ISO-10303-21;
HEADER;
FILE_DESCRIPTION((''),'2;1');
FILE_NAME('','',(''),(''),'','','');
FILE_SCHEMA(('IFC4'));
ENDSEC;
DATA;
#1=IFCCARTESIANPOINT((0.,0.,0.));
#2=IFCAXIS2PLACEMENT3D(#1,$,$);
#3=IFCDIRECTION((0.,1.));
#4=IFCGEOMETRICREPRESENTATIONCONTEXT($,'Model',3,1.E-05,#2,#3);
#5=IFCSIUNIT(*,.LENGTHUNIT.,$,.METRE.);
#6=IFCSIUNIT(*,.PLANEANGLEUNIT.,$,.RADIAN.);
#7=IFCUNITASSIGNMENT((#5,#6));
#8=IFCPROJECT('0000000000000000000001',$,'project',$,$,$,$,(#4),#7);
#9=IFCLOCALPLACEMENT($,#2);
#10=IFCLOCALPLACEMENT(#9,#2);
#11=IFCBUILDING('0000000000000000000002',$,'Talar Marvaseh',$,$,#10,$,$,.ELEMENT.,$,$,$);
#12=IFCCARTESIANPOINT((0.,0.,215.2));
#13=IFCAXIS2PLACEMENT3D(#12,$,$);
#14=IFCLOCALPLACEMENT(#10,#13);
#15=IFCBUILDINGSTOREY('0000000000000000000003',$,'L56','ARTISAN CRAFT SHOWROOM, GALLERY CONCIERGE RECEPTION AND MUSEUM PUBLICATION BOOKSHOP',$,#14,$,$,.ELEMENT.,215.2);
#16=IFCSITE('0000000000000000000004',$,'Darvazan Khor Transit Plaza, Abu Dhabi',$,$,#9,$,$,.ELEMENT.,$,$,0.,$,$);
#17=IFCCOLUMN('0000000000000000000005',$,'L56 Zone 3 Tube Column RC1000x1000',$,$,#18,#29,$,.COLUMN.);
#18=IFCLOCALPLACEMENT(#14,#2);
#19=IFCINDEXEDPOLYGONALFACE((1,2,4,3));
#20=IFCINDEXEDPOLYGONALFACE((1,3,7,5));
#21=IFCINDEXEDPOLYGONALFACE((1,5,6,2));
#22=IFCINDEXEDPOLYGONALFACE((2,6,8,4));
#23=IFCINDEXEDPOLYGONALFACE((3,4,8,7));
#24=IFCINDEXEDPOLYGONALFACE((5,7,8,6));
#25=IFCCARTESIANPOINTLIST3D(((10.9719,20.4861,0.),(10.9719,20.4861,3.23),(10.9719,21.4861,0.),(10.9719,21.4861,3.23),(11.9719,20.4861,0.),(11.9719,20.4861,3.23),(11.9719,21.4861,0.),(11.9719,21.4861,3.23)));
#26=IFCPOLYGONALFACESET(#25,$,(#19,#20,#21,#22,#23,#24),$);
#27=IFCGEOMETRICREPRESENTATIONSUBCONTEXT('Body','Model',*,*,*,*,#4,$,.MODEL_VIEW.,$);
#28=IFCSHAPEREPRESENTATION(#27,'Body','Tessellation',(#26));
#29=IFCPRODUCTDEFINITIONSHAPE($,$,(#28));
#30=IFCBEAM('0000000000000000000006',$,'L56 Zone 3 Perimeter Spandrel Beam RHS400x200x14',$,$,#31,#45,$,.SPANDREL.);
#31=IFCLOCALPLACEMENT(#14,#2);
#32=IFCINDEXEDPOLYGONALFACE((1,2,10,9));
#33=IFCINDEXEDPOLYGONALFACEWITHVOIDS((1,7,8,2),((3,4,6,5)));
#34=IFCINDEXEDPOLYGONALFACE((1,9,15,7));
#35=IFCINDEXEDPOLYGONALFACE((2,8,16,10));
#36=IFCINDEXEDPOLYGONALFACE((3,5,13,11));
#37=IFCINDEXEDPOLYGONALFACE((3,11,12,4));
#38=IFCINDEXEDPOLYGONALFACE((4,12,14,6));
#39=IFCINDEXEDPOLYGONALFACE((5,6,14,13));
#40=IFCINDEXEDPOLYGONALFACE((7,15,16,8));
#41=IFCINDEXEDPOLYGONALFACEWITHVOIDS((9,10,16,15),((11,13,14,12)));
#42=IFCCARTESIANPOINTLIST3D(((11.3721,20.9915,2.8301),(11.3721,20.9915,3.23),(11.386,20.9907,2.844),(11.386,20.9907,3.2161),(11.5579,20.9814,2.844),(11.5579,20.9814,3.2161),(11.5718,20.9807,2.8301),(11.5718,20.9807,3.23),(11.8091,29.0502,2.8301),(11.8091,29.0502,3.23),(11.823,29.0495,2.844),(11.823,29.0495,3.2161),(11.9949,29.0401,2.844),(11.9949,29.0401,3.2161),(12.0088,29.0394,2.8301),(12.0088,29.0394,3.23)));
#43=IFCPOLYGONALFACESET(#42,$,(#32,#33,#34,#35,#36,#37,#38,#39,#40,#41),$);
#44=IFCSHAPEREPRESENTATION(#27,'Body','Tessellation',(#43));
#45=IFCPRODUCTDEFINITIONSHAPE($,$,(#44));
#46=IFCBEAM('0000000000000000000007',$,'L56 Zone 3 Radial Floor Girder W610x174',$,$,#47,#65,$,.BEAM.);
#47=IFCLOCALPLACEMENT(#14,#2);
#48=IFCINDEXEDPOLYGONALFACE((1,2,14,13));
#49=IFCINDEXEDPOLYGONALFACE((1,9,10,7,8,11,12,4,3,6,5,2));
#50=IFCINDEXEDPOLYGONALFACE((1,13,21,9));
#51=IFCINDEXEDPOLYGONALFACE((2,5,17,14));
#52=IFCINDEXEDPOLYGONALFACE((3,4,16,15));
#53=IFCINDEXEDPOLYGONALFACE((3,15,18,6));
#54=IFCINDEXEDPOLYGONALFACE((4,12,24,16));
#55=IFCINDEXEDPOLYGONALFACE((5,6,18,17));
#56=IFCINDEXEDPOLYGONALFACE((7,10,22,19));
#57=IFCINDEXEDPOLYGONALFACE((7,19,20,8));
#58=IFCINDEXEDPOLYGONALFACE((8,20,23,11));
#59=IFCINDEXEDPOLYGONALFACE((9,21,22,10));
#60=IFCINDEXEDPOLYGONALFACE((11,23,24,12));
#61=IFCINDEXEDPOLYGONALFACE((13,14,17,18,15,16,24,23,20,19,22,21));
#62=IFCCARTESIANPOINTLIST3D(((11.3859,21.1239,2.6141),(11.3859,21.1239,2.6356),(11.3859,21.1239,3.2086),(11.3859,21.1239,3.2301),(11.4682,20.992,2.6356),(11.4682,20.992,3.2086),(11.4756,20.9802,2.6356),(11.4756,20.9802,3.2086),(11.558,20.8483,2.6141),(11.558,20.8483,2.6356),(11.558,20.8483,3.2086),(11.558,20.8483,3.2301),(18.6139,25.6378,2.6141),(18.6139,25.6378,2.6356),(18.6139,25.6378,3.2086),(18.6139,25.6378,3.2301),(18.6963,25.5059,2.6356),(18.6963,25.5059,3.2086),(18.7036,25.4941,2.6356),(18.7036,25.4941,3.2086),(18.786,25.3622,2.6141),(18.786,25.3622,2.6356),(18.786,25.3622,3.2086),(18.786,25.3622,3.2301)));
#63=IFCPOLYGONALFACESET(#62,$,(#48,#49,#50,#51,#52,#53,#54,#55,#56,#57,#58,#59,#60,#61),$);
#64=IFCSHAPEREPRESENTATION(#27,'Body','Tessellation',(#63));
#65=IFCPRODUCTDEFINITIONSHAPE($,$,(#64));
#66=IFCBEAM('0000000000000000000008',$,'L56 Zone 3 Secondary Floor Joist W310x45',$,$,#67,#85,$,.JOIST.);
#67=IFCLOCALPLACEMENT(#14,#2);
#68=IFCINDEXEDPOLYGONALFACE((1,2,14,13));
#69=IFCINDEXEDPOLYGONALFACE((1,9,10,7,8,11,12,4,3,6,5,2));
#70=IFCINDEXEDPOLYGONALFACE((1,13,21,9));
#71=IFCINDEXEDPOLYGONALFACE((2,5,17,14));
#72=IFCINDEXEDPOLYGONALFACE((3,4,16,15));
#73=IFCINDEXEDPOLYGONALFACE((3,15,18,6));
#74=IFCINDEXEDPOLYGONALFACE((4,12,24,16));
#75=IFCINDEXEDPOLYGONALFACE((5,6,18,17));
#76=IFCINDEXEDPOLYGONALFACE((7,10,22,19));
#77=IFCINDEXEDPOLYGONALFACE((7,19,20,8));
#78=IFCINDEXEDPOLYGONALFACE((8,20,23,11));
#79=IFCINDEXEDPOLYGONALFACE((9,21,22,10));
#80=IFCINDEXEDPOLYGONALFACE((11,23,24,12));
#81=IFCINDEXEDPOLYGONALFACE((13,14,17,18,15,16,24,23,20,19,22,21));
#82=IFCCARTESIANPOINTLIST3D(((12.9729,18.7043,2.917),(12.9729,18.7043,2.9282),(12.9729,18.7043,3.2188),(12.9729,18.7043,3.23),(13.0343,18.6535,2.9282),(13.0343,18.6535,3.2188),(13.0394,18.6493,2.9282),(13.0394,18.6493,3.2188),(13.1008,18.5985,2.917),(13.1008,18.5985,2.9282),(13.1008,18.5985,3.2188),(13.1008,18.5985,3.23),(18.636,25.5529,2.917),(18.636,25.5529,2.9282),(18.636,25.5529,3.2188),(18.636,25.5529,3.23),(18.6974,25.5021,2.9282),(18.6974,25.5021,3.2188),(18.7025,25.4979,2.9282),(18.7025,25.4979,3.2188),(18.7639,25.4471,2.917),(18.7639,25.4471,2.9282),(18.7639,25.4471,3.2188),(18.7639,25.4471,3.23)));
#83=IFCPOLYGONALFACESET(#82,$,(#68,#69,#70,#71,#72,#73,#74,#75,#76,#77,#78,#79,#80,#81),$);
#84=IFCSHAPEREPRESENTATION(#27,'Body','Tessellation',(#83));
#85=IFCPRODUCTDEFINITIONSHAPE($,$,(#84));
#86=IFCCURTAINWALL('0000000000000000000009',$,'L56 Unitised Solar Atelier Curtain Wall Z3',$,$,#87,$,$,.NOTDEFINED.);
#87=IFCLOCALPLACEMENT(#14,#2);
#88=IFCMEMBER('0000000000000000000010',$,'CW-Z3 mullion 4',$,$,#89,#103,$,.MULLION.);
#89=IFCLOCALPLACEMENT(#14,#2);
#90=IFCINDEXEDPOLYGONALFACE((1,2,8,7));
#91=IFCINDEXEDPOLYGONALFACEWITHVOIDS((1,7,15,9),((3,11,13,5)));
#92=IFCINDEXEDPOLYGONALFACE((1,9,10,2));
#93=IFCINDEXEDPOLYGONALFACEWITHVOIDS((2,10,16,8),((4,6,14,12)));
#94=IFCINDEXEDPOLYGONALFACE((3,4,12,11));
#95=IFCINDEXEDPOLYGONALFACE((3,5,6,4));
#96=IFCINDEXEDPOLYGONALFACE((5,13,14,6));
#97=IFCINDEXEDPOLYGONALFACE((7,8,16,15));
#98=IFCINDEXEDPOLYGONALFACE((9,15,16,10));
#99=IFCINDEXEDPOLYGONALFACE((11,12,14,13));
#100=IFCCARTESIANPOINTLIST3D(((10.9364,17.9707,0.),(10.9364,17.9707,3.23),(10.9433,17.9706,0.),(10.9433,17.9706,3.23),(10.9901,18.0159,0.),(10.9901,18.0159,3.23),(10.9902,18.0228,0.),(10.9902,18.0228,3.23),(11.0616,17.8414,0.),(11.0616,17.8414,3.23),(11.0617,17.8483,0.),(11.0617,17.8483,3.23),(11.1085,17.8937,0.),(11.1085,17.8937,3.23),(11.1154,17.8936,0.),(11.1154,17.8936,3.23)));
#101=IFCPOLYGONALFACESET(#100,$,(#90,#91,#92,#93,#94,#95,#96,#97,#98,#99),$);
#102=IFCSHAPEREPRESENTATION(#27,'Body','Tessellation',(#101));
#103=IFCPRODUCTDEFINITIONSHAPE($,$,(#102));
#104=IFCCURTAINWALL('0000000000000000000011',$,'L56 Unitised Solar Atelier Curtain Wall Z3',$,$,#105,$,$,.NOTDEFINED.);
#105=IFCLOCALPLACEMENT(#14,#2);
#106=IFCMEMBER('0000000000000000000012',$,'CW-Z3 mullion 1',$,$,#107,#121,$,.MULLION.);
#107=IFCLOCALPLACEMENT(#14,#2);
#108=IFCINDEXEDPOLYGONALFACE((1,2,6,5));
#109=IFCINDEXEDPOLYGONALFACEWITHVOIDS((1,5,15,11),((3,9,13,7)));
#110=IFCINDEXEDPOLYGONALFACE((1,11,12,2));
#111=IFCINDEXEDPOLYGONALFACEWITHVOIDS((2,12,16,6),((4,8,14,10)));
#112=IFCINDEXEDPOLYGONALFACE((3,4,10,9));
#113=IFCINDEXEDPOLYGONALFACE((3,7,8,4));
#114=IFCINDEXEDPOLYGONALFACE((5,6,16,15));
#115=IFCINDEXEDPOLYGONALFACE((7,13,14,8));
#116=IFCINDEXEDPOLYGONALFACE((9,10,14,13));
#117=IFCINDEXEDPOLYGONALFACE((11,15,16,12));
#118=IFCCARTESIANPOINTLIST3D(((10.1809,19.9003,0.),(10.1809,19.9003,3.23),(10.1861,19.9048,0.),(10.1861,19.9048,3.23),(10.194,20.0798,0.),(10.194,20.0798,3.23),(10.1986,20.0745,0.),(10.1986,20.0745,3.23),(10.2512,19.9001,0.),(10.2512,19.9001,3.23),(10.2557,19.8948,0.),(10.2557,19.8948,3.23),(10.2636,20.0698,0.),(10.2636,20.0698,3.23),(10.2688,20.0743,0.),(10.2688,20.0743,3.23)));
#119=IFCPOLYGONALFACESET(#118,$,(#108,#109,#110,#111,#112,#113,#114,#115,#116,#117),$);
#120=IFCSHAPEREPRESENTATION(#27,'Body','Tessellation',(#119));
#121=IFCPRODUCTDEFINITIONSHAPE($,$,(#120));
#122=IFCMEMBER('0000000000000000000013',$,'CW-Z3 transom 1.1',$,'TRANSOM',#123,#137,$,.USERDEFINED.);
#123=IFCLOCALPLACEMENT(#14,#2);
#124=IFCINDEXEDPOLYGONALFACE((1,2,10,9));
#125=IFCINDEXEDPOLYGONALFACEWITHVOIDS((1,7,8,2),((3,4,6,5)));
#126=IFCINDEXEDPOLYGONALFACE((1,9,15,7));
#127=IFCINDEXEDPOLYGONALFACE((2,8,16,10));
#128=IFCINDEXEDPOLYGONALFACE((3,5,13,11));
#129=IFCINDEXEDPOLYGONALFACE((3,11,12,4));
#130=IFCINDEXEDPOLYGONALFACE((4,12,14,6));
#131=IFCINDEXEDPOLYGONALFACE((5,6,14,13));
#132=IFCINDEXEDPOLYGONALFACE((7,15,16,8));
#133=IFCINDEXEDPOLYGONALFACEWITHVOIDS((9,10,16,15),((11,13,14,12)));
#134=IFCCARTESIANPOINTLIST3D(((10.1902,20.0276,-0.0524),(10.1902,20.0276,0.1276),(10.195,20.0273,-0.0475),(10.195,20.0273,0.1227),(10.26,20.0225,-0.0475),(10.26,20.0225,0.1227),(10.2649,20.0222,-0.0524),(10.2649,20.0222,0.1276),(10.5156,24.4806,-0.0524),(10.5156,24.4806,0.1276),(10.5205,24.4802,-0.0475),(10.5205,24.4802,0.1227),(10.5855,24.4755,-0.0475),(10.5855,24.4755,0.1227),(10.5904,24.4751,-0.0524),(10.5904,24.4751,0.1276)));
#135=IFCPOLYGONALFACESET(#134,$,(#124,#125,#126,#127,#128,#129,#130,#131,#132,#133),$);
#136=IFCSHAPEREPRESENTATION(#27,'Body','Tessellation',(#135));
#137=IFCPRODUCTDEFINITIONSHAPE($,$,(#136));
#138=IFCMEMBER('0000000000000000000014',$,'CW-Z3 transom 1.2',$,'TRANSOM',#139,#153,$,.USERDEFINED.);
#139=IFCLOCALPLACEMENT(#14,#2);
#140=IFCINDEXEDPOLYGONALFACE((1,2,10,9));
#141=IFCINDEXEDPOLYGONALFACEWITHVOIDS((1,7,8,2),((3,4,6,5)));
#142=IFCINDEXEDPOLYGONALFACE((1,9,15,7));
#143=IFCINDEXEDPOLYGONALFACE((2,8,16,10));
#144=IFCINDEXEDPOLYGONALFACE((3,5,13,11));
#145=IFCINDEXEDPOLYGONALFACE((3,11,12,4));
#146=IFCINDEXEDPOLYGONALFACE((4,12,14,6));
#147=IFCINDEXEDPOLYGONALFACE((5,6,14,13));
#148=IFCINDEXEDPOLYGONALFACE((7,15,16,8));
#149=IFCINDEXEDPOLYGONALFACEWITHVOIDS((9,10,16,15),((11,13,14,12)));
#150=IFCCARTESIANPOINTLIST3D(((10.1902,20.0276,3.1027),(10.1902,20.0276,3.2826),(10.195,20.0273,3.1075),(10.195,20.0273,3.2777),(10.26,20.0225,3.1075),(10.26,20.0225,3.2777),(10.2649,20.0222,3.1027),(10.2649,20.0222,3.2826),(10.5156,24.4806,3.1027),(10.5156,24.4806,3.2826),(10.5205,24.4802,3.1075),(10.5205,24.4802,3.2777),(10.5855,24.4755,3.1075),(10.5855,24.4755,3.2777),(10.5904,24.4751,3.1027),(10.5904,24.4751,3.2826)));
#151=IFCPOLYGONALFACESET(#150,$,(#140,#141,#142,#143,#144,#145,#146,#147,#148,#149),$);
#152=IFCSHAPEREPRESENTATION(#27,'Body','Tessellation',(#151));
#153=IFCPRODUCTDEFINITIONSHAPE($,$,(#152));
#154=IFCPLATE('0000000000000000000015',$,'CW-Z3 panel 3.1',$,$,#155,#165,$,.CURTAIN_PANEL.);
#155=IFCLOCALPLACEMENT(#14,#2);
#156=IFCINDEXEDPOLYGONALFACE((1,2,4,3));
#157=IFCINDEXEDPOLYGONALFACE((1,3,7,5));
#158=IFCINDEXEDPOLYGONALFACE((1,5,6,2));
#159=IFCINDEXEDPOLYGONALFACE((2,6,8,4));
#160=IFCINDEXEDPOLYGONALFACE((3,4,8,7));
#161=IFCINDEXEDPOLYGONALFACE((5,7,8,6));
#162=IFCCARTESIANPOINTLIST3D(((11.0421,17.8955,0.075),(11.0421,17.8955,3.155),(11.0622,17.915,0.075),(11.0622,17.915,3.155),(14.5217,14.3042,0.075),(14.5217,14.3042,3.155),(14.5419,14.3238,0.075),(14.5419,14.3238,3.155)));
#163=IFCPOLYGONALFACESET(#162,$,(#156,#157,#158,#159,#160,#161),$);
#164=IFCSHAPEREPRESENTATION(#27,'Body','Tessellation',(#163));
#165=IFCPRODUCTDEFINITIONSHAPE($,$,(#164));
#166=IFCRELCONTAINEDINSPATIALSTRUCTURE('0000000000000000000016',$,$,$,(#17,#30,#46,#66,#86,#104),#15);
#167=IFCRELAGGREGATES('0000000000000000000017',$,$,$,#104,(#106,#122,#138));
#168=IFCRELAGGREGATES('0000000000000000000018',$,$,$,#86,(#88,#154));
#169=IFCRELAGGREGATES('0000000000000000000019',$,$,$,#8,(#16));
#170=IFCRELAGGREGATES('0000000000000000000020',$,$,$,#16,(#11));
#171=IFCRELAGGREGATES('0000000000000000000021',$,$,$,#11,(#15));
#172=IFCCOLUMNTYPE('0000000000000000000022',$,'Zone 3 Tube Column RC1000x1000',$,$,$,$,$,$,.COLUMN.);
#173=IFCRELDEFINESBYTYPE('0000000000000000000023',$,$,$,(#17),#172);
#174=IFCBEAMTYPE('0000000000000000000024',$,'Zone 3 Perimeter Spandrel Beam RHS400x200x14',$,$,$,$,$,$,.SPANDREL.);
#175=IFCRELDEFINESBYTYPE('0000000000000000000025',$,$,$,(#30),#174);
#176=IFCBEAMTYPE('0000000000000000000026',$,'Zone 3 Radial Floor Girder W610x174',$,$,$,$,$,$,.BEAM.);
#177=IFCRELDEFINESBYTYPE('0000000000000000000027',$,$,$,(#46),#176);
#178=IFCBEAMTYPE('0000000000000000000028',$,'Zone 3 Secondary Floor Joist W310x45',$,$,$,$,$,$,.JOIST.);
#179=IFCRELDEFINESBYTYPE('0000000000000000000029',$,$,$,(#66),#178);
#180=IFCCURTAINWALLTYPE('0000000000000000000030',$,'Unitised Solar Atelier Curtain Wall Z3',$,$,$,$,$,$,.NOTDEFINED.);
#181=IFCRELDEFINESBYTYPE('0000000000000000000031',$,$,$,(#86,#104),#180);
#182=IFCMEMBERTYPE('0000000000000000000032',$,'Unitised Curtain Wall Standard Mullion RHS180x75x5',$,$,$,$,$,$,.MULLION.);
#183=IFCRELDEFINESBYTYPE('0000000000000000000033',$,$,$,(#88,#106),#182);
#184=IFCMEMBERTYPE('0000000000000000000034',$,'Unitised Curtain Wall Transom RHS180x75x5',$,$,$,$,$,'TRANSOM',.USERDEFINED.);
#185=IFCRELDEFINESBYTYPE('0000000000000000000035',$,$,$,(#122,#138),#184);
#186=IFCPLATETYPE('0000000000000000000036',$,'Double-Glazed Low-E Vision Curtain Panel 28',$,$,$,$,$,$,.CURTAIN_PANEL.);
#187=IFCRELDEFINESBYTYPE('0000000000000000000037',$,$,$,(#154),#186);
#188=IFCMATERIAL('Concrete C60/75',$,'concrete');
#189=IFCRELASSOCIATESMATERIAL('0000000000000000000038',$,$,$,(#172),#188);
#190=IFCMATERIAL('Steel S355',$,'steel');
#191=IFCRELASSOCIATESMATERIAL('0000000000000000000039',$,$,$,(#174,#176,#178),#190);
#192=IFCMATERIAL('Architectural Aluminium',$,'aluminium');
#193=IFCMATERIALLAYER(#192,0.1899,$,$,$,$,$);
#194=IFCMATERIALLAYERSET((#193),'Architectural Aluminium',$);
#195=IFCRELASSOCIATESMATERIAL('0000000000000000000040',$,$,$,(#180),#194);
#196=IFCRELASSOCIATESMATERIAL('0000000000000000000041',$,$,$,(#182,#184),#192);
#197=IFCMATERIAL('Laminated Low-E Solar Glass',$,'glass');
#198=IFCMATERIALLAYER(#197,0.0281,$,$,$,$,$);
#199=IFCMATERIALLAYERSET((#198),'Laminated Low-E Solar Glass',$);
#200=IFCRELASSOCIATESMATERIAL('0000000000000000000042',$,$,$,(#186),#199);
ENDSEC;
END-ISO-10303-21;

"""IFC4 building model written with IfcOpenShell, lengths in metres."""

from ifc_helpers import new_model, si_unit, direction, frame, origin, origin_2d, place, context, subcontext, project, spatial, rectangle, hollow_rectangle, i_section, extrude, source, transform, mapped, material, layer, layer_set, material_profile, profile_set, type_object, type_shapes, element, aggregate, save


model = new_model("IFC4")

# Units and contexts
model_context = context("Model", 3, precision=1e-05, world=origin(), true_north=direction((0.0, 1.0)))
body_context = subcontext(model_context, "Body", "Model", "MODEL_VIEW")
ifc_project = project(units=[si_unit("LENGTHUNIT", "METRE"), si_unit("PLANEANGLEUNIT", "RADIAN")], contexts=[model_context])

# Site, building, storey
site_placement = place(None, origin())
site = spatial("IfcSite", under=ifc_project, at=site_placement, Name="Darvazan Khor Transit Plaza, Abu Dhabi", CompositionType="ELEMENT", RefElevation=0.0)
building_placement = place(site_placement, origin())
building = spatial("IfcBuilding", under=site, at=building_placement, Name="Talar Marvaseh", CompositionType="ELEMENT")
storey_placement = place(building_placement, frame((0.0, 0.0, 215.2)))
storey = spatial("IfcBuildingStorey", under=building, at=storey_placement, Name="L56", Description="ARTISAN CRAFT SHOWROOM, GALLERY CONCIERGE RECEPTION AND MUSEUM PUBLICATION BOOKSHOP", CompositionType="ELEMENT", Elevation=215.2)

# Column
ifc_material_1 = material(Name="Concrete C60/75", Category="concrete")
ifc_material_profile_1 = material_profile(ifc_material_1, rectangle(XDim=1.0, YDim=1.0, at=origin_2d()), Name="RC1000x1000")
ifc_profile_set_1 = profile_set([ifc_material_profile_1], Name="Concrete C60/75")
column_type = type_object("IfcColumnType", Name="Zone 3 Tube Column RC1000x1000", PredefinedType="COLUMN", material=ifc_profile_set_1)
column_placement = place(storey_placement, frame((11.4719, 20.9861, 0.0), z_axis=(0.0, 0.0, 1.0), x_axis=(1.0, 0.0, 0.0)))
element("IfcColumn", 1, at=column_placement, inside=storey, type_object=column_type, Name="L56 Zone 3 Tube Column RC1000x1000", PredefinedType="COLUMN", context=body_context, shape_type="SweptSolid", body=[
    extrude(rectangle(XDim=1.0, YDim=1.0, at=origin_2d()), origin(), (0.0, 0.0, 1.0), 3.23),
])

# Beams
ifc_material_2 = material(Name="Steel S355", Category="steel")
ifc_material_profile_2 = material_profile(ifc_material_2, hollow_rectangle(XDim=0.2, YDim=0.3999, WallThickness=0.0139, at=origin_2d()), Name="RHS400x200x14")
ifc_profile_set_2 = profile_set([ifc_material_profile_2], Name="Steel S355")
beam_type_1 = type_object("IfcBeamType", Name="Zone 3 Perimeter Spandrel Beam RHS400x200x14", PredefinedType="SPANDREL", material=ifc_profile_set_2)
beam_1_placement = place(storey_placement, frame((11.4719, 20.9861, 3.03), z_axis=(0.054148, 0.998533, 0.0), x_axis=(-0.998533, 0.054148, 0.0)))
element("IfcBeam", 2, at=beam_1_placement, inside=storey, type_object=beam_type_1, Name="L56 Zone 3 Perimeter Spandrel Beam RHS400x200x14", PredefinedType="SPANDREL", context=body_context, shape_type="SweptSolid", body=[
    extrude(hollow_rectangle(XDim=0.2, YDim=0.3999, WallThickness=0.0139, at=origin_2d()), origin(), (0.0, 0.0, 1.0), 8.0706),
])
ifc_material_profile_3 = material_profile(ifc_material_2, i_section(OverallWidth=0.325, OverallDepth=0.616, WebThickness=0.0139, FlangeThickness=0.0215, at=origin_2d()), Name="W610x174")
ifc_profile_set_3 = profile_set([ifc_material_profile_3], Name="Steel S355")
beam_type_2 = type_object("IfcBeamType", Name="Zone 3 Radial Floor Girder W610x174", PredefinedType="BEAM", material=ifc_profile_set_3)
beam_2_placement = place(storey_placement, frame((11.4719, 20.9861, 2.9221), z_axis=(0.848188, 0.529695, 0.0), x_axis=(-0.529695, 0.848188, 0.0)))
element("IfcBeam", 3, at=beam_2_placement, inside=storey, type_object=beam_type_2, Name="L56 Zone 3 Radial Floor Girder W610x174", PredefinedType="BEAM", context=body_context, shape_type="SweptSolid", body=[
    extrude(i_section(OverallWidth=0.325, OverallDepth=0.616, WebThickness=0.0139, FlangeThickness=0.0215, at=origin_2d()), origin(), (0.0, 0.0, 1.0), 8.5217),
])
ifc_material_profile_4 = material_profile(ifc_material_2, i_section(OverallWidth=0.166, OverallDepth=0.313, WebThickness=0.0066, FlangeThickness=0.0112, at=origin_2d()), Name="W310x45")
ifc_profile_set_4 = profile_set([ifc_material_profile_4], Name="Steel S355")
beam_type_3 = type_object("IfcBeamType", Name="Zone 3 Secondary Floor Joist W310x45", PredefinedType="JOIST", material=ifc_profile_set_4)
beam_3_placement = place(storey_placement, frame((13.0369, 18.6514, 3.0735), z_axis=(0.637251, 0.770657, 0.0), x_axis=(-0.770657, 0.637251, 0.0)))
element("IfcBeam", 4, at=beam_3_placement, inside=storey, type_object=beam_type_3, Name="L56 Zone 3 Secondary Floor Joist W310x45", PredefinedType="JOIST", context=body_context, shape_type="SweptSolid", body=[
    extrude(i_section(OverallWidth=0.166, OverallDepth=0.313, WebThickness=0.0066, FlangeThickness=0.0112, at=origin_2d()), origin(), (0.0, 0.0, 1.0), 8.8867),
])

# Curtain wall, member
ifc_material_3 = material(Name="Architectural Aluminium", Category="aluminium")
ifc_layer_1 = layer(ifc_material_3, 0.1899)
ifc_layer_set_1 = layer_set([ifc_layer_1], Name="Architectural Aluminium")
curtain_wall_type = type_object("IfcCurtainWallType", Name="Unitised Solar Atelier Curtain Wall Z3", PredefinedType="NOTDEFINED", material=ifc_layer_set_1)
curtain_wall_1_placement = place(storey_placement, origin())
curtain_wall_1 = element("IfcCurtainWall", 5, at=curtain_wall_1_placement, inside=storey, type_object=curtain_wall_type, Name="L56 Unitised Solar Atelier Curtain Wall Z3", PredefinedType="NOTDEFINED")
ifc_material_profile_5 = material_profile(ifc_material_3, hollow_rectangle(XDim=0.075, YDim=0.1799, WallThickness=0.0049, at=origin_2d()), Name="RHS180x75x5")
ifc_profile_set_5 = profile_set([ifc_material_profile_5], Name="Architectural Aluminium")
member_type_1 = type_object("IfcMemberType", Name="Unitised Curtain Wall Standard Mullion RHS180x75x5", PredefinedType="MULLION", material=ifc_profile_set_5)
shared_shape_1 = source(origin(), body_context, "Body", "SweptSolid", [
    extrude(hollow_rectangle(XDim=0.075, YDim=0.1799, WallThickness=0.0049, at=origin_2d()), origin(), (0.0, 0.0, 1.0), 3.23),
])
type_shapes(member_type_1, [shared_shape_1])
member_1_placement = place(storey_placement, frame((11.0259, 17.9321, 0.0), z_axis=(0.0, 0.0, 1.0), x_axis=(-0.718173, -0.695864, 0.0)))
member_1 = element("IfcMember", 6, at=member_1_placement, type_object=member_type_1, Name="CW-Z3 mullion 4", PredefinedType="MULLION", context=body_context, shape_type="MappedRepresentation", body=[
    mapped(shared_shape_1, transform((0.0, 0.0, 0.0), x_axis=(1.0, 0.0, 0.0), y_axis=(0.0, 1.0, 0.0), z_axis=(0.0, 0.0, 1.0), scale=1.0)),
])

# Curtain wall, members
curtain_wall_2_placement = place(storey_placement, origin())
curtain_wall_2 = element("IfcCurtainWall", 7, at=curtain_wall_2_placement, inside=storey, type_object=curtain_wall_type, Name="L56 Unitised Solar Atelier Curtain Wall Z3", PredefinedType="NOTDEFINED")
member_2_placement = place(storey_placement, frame((10.2249, 19.9873, 0.0), z_axis=(0.0, 0.0, 1.0), x_axis=(-0.997337, 0.072926, 0.0)))
member_2 = element("IfcMember", 8, at=member_2_placement, type_object=member_type_1, Name="CW-Z3 mullion 1", PredefinedType="MULLION", context=body_context, shape_type="MappedRepresentation", body=[
    mapped(shared_shape_1, transform((0.0, 0.0, 0.0), x_axis=(1.0, 0.0, 0.0), y_axis=(0.0, 1.0, 0.0), z_axis=(0.0, 0.0, 1.0), scale=1.0)),
])
ifc_material_profile_6 = material_profile(ifc_material_3, hollow_rectangle(XDim=0.075, YDim=0.1799, WallThickness=0.0049, at=origin_2d()), Name="RHS180x75x5")
ifc_profile_set_6 = profile_set([ifc_material_profile_6], Name="Architectural Aluminium")
member_type_2 = type_object("IfcMemberType", Name="Unitised Curtain Wall Transom RHS180x75x5", ElementType="TRANSOM", PredefinedType="USERDEFINED", material=ifc_profile_set_6)
shared_shape_2 = source(origin(), body_context, "Body", "SweptSolid", [
    extrude(hollow_rectangle(XDim=0.075, YDim=0.1799, WallThickness=0.0049, at=origin_2d()), origin(), (0.0, 0.0, 1.0), 4.4648),
])
type_shapes(member_type_2, [shared_shape_2])
member_3_placement = place(storey_placement, frame((10.2275, 20.0249, 0.0376), z_axis=(0.072891, 0.99734, 0.0), x_axis=(-0.99734, 0.072891, 0.0)))
member_3 = element("IfcMember", 9, at=member_3_placement, type_object=member_type_2, Name="CW-Z3 transom 1.1", ObjectType="TRANSOM", PredefinedType="USERDEFINED", context=body_context, shape_type="MappedRepresentation", body=[
    mapped(shared_shape_2, transform((0.0, 0.0, 0.0), x_axis=(1.0, 0.0, 0.0), y_axis=(0.0, 1.0, 0.0), z_axis=(0.0, 0.0, 1.0), scale=1.0)),
])
member_4_placement = place(storey_placement, frame((10.2275, 20.0249, 3.1926), z_axis=(0.072891, 0.99734, 0.0), x_axis=(-0.99734, 0.072891, 0.0)))
member_4 = element("IfcMember", 10, at=member_4_placement, type_object=member_type_2, Name="CW-Z3 transom 1.2", ObjectType="TRANSOM", PredefinedType="USERDEFINED", context=body_context, shape_type="MappedRepresentation", body=[
    mapped(shared_shape_2, transform((0.0, 0.0, 0.0), x_axis=(1.0, 0.0, 0.0), y_axis=(0.0, 1.0, 0.0), z_axis=(0.0, 0.0, 1.0), scale=1.0)),
])
aggregate(curtain_wall_2, [member_2, member_3, member_4])

# Plate
ifc_material_4 = material(Name="Laminated Low-E Solar Glass", Category="glass")
ifc_layer_2 = layer(ifc_material_4, 0.0281)
ifc_layer_set_2 = layer_set([ifc_layer_2], Name="Laminated Low-E Solar Glass")
plate_type = type_object("IfcPlateType", Name="Double-Glazed Low-E Vision Curtain Panel 28", PredefinedType="CURTAIN_PANEL", material=ifc_layer_set_2)
shared_shape_3 = source(origin(), body_context, "Body", "SweptSolid", [
    extrude(rectangle(XDim=5.0005, YDim=0.0281, at=origin_2d()), origin(), (0.0, 0.0, 1.0), 3.0801),
])
type_shapes(plate_type, [shared_shape_3])
plate_placement = place(storey_placement, frame((12.792, 16.1096, 0.075), z_axis=(0.0, 0.0, 1.0), x_axis=(-0.695864, 0.718173, 0.0)))
plate = element("IfcPlate", 11, at=plate_placement, type_object=plate_type, Name="CW-Z3 panel 3.1", PredefinedType="CURTAIN_PANEL", context=body_context, shape_type="MappedRepresentation", body=[
    mapped(shared_shape_3, transform((0.0, 0.0, 0.0), x_axis=(1.0, 0.0, 0.0), y_axis=(0.0, 1.0, 0.0), z_axis=(0.0, 0.0, 1.0), scale=1.0)),
])
aggregate(curtain_wall_1, [member_1, plate])

save(model, "model.ifc")
